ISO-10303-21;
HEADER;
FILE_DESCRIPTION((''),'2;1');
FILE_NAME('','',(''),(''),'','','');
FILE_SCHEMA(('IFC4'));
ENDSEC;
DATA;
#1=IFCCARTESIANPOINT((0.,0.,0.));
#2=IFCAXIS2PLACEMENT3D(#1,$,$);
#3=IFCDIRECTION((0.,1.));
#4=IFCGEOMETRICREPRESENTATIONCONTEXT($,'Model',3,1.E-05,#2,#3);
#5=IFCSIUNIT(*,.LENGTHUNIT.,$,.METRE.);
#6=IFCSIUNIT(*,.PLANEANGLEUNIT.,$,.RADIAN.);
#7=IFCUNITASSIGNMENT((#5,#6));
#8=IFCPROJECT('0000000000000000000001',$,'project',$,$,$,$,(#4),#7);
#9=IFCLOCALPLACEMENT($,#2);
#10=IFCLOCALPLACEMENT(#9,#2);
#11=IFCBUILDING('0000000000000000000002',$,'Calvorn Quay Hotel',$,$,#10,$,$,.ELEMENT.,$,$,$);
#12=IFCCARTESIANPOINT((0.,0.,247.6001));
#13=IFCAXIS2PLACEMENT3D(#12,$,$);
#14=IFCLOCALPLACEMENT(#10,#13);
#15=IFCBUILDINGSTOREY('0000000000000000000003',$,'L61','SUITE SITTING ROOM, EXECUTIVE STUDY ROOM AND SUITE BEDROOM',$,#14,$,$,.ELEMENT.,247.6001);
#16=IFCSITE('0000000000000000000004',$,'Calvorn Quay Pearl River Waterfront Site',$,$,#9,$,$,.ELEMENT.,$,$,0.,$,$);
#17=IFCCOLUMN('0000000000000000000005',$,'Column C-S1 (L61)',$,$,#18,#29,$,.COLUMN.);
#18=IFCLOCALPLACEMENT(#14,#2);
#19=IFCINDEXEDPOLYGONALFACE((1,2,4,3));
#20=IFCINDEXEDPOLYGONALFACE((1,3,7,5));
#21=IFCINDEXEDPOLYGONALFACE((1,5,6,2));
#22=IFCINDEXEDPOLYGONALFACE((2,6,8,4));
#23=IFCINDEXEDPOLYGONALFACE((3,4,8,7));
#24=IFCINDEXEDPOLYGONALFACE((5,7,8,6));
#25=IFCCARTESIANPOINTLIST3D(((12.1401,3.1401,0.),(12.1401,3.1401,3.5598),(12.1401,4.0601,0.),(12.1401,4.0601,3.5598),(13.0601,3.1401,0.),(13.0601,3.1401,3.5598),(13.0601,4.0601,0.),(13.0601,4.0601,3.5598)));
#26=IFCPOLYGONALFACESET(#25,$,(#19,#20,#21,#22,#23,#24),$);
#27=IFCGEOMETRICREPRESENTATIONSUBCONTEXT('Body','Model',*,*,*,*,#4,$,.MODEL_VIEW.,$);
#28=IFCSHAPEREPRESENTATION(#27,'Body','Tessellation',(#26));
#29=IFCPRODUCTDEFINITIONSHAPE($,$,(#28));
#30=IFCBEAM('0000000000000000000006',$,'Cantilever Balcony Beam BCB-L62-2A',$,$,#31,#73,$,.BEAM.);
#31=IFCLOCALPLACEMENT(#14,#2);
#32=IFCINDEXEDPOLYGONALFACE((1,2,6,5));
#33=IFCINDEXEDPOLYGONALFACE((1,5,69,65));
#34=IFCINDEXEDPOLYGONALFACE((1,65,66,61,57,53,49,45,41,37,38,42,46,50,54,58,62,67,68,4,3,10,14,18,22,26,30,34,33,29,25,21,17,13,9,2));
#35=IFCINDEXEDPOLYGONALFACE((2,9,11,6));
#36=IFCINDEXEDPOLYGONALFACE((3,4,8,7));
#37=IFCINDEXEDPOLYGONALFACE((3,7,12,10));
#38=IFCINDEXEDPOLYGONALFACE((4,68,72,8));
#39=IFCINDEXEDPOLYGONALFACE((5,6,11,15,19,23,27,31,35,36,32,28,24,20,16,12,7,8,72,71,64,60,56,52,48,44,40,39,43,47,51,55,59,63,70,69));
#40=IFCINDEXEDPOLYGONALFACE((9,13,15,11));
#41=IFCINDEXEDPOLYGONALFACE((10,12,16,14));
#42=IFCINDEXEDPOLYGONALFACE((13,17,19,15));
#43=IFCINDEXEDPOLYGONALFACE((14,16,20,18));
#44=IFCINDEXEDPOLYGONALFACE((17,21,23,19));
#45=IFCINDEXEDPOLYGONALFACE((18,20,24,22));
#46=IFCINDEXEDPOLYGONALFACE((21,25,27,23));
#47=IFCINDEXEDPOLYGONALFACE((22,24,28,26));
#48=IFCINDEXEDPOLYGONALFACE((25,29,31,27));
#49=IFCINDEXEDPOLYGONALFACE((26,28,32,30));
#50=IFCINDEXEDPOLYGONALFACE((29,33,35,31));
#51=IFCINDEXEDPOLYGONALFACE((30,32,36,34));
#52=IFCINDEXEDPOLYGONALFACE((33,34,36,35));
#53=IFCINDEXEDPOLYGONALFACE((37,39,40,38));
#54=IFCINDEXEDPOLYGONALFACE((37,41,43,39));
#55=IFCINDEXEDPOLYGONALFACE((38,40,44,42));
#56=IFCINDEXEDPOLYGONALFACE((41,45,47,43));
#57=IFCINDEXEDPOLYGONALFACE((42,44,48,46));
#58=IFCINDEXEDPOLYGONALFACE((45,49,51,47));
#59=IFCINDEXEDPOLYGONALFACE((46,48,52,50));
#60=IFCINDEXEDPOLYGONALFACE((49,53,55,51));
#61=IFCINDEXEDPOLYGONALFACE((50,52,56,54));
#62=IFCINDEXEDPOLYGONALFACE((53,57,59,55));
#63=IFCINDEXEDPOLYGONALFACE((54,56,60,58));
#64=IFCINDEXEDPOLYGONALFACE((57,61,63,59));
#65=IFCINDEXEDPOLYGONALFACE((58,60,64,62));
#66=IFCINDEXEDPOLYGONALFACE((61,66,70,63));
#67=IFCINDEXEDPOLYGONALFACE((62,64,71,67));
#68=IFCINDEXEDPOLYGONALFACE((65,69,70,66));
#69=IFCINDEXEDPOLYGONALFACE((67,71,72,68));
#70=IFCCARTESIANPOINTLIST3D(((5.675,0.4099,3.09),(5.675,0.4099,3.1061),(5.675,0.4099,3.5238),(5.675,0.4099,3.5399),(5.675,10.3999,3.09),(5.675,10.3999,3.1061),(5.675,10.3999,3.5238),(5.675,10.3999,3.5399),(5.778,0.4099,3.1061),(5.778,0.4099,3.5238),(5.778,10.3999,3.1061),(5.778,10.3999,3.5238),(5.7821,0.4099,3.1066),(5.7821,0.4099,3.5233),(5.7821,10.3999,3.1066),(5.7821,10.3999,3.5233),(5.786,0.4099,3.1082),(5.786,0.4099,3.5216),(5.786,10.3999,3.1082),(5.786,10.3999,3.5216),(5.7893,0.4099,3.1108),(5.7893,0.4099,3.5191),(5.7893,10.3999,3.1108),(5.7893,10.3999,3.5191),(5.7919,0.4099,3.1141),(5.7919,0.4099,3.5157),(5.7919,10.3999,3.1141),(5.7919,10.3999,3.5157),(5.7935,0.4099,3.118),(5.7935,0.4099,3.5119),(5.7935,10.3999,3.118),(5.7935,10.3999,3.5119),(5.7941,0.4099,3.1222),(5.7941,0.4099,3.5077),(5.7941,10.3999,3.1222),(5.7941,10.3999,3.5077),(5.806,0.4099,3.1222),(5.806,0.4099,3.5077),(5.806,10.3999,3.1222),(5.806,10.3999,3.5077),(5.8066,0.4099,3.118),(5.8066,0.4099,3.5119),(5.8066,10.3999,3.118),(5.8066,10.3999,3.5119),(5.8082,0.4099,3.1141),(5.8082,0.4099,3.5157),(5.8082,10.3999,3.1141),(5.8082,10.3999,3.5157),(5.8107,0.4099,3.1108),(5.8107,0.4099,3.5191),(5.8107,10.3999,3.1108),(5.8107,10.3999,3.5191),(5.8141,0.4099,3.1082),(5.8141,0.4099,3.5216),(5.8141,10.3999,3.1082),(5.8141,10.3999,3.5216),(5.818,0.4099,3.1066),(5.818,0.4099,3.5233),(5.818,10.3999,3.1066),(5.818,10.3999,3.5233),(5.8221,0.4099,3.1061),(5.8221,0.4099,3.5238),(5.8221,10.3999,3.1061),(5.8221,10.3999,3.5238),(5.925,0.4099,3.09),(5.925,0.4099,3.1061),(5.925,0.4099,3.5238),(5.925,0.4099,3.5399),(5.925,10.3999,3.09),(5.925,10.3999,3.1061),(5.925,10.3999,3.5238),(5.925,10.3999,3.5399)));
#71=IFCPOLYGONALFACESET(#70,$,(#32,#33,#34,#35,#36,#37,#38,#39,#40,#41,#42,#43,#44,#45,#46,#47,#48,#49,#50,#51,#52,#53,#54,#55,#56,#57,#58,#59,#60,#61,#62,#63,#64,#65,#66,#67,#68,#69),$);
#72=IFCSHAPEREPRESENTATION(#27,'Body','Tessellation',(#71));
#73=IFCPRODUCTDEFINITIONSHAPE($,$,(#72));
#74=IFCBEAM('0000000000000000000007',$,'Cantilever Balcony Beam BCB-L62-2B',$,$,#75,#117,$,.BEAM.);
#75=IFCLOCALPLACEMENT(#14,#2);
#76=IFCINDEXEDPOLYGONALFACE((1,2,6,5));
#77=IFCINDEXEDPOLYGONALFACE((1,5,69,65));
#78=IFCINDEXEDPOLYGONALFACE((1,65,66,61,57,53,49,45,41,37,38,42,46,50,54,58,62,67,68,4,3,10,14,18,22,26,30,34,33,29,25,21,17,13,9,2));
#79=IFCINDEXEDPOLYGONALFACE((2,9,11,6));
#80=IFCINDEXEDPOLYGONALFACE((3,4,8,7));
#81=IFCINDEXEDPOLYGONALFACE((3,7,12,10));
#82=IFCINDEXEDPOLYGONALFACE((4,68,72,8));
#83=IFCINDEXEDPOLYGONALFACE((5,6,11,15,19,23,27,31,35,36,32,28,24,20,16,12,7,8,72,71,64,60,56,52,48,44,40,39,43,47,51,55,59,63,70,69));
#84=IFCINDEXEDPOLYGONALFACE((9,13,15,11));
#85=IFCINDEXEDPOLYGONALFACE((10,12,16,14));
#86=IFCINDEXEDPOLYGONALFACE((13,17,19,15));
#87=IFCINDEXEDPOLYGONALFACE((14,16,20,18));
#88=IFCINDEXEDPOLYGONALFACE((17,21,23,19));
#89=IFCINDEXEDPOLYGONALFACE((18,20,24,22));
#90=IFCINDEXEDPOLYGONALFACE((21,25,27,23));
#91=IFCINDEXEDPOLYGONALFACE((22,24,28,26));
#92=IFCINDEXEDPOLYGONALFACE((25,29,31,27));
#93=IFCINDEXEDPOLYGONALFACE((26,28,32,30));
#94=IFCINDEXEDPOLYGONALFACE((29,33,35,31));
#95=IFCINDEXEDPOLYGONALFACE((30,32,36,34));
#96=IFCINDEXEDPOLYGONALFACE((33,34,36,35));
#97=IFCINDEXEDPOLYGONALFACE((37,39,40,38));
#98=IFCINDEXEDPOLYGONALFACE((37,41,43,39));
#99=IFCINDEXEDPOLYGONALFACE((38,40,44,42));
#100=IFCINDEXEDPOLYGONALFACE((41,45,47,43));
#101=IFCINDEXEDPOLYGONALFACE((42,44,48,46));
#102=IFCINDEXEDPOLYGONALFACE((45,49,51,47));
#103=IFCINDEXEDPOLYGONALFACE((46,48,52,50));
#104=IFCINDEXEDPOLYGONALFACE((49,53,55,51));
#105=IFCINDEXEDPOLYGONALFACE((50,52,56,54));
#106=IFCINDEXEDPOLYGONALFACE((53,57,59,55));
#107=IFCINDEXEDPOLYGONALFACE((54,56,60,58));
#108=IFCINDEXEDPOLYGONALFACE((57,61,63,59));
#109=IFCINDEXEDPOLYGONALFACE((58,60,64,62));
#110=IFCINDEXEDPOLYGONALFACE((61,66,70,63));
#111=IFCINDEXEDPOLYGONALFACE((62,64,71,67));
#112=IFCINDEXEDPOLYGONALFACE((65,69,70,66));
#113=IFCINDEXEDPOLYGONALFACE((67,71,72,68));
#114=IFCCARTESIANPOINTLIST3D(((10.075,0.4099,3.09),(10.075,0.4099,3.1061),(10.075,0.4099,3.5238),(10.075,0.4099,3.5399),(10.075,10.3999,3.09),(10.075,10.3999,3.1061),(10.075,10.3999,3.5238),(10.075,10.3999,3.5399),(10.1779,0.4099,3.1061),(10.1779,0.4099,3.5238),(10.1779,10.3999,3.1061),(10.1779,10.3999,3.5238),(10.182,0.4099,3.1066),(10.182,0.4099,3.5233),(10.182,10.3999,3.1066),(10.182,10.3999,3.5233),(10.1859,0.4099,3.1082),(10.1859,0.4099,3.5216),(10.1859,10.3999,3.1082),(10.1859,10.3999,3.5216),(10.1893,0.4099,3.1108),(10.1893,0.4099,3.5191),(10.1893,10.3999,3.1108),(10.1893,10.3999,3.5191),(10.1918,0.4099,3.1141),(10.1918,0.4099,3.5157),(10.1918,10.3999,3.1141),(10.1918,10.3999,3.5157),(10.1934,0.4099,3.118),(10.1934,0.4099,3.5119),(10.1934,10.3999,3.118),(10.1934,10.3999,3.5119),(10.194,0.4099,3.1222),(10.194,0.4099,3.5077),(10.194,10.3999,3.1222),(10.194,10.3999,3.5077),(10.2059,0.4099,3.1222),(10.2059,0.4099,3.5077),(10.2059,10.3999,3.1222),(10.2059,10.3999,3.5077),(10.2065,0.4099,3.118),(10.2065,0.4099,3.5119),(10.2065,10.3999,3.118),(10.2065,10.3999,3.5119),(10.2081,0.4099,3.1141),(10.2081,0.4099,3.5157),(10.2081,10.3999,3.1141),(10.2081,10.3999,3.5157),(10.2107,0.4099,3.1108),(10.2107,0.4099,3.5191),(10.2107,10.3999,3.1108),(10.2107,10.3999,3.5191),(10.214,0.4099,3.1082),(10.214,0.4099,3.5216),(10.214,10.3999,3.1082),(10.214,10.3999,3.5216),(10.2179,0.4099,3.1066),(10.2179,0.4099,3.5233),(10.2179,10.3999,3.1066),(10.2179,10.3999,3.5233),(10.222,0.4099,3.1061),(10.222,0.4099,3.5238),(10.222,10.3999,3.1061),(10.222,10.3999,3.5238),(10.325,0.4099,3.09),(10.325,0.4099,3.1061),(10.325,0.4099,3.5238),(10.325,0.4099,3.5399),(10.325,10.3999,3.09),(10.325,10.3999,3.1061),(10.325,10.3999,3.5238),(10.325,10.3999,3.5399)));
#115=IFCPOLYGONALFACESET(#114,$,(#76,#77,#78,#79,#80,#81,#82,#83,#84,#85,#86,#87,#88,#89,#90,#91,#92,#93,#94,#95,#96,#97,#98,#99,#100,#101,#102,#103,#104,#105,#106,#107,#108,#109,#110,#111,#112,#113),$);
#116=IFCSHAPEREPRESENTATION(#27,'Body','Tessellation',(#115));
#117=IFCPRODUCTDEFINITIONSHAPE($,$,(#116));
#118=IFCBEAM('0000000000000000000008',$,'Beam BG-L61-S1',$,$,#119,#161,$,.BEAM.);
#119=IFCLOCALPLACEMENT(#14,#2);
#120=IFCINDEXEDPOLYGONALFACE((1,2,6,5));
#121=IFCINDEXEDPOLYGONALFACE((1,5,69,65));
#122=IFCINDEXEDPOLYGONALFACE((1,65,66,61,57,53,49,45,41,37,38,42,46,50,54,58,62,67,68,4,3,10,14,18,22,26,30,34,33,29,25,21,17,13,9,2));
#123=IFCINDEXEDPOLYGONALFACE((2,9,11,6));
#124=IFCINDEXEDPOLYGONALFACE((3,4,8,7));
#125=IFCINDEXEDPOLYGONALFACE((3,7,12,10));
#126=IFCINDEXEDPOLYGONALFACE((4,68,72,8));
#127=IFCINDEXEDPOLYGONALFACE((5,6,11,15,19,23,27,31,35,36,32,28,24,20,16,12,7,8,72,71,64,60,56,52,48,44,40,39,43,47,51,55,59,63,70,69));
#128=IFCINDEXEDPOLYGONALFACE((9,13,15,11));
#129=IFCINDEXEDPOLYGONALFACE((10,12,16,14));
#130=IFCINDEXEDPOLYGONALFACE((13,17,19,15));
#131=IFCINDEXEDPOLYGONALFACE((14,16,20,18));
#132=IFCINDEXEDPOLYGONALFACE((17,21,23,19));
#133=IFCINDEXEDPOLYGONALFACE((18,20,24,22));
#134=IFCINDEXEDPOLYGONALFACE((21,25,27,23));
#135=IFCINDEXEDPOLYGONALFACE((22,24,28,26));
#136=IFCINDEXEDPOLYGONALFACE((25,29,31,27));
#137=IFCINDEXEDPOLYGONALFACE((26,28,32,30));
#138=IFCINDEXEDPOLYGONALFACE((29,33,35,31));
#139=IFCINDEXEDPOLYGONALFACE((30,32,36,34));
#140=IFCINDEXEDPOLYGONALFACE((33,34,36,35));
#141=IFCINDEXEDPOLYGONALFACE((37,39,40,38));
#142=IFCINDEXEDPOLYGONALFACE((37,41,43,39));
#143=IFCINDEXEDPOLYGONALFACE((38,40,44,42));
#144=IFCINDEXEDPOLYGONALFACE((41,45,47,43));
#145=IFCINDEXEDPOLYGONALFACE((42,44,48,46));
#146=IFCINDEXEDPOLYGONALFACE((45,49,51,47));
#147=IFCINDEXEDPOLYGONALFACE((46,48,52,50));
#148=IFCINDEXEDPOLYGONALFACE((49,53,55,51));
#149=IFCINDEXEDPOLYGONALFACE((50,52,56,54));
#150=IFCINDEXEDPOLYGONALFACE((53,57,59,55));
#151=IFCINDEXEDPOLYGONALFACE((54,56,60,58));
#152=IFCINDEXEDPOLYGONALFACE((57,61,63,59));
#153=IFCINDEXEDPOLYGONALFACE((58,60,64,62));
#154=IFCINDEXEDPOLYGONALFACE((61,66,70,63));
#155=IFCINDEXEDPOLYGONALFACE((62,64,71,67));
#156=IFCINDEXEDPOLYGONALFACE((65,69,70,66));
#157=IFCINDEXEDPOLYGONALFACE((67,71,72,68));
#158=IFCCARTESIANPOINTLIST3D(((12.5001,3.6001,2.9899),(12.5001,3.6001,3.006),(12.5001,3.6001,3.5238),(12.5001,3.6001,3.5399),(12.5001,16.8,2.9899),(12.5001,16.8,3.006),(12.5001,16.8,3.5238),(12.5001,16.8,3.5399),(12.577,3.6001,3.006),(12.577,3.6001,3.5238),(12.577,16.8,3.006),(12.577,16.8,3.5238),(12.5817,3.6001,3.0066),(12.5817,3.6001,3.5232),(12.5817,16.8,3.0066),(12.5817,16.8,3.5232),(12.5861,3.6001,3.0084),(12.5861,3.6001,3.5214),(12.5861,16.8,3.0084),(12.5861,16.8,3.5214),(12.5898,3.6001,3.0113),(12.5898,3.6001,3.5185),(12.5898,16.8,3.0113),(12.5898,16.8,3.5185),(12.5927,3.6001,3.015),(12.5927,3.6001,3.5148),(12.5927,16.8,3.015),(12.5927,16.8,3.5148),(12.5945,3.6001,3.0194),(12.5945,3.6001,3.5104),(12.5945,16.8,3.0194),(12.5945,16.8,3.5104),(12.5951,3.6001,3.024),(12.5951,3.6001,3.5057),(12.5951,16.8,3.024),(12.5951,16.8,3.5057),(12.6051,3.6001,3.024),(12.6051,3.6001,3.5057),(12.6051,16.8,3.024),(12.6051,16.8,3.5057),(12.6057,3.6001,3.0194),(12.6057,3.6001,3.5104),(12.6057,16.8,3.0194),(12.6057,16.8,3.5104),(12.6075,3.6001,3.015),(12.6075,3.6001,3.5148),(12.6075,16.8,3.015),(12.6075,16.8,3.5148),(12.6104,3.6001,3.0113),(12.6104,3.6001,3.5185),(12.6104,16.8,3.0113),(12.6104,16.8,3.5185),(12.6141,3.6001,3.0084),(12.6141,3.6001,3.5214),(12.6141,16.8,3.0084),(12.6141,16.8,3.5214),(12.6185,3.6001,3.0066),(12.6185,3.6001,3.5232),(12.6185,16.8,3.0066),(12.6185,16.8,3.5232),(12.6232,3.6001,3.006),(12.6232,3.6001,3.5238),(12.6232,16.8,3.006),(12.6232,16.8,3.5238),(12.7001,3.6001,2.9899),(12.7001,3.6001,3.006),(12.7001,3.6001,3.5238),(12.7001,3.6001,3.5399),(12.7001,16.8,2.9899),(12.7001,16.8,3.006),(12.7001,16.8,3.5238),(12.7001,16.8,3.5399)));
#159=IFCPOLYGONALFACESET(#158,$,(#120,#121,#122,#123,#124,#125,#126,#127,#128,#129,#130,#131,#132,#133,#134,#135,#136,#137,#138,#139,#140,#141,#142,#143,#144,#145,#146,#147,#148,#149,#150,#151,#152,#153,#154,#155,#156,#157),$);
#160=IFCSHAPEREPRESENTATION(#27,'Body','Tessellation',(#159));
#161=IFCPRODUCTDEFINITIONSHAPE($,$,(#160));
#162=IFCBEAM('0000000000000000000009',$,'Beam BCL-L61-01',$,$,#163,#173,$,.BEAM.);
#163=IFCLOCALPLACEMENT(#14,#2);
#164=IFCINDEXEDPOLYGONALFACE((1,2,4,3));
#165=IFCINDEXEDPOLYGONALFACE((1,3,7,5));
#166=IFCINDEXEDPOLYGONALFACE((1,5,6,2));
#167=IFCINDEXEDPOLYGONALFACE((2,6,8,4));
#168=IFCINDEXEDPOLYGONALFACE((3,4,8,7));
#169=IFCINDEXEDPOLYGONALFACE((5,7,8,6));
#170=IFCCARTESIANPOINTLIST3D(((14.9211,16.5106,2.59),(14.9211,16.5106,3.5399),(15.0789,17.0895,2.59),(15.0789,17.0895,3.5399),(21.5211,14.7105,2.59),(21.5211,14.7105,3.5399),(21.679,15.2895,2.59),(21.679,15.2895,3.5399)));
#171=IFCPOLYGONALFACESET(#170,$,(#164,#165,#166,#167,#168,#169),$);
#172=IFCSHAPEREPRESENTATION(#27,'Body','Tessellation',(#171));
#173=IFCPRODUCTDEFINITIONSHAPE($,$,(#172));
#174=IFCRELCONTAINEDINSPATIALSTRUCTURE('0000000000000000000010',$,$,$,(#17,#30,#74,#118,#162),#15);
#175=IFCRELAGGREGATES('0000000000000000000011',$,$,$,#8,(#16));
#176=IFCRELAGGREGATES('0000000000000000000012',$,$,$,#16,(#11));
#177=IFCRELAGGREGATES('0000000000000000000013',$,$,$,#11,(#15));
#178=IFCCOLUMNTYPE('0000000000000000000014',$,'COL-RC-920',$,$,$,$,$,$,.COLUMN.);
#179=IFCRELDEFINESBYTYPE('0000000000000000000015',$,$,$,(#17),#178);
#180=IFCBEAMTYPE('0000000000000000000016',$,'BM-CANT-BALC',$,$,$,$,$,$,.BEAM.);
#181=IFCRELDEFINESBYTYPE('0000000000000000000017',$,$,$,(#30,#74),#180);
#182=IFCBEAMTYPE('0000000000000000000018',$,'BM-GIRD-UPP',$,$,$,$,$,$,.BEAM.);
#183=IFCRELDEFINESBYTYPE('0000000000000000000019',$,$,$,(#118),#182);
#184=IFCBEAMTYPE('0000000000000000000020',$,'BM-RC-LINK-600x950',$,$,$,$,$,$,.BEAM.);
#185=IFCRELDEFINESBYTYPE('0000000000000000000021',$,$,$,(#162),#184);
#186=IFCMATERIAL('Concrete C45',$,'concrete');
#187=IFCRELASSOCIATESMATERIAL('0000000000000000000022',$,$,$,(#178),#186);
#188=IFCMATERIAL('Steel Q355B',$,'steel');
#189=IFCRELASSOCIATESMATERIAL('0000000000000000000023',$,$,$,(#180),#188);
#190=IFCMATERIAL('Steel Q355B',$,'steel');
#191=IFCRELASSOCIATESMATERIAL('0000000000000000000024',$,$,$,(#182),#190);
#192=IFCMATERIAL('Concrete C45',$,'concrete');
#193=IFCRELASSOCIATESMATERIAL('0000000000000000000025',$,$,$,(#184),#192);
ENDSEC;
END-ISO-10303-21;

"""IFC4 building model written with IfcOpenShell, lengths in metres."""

from ifc_helpers import new_model, si_unit, direction, frame, origin, origin_2d, place, context, subcontext, project, spatial, rectangle, i_section, extrude, material, material_profile, profile_set, type_object, element, save


model = new_model("IFC4")

# Units and contexts
model_context = context("Model", 3, precision=1e-05, world=origin(), true_north=direction((0.0, 1.0)))
body_context = subcontext(model_context, "Body", "Model", "MODEL_VIEW")
ifc_project = project(units=[si_unit("LENGTHUNIT", "METRE"), si_unit("PLANEANGLEUNIT", "RADIAN")], contexts=[model_context])

# Site, building, storey
site_placement = place(None, origin())
site = spatial("IfcSite", under=ifc_project, at=site_placement, Name="Calvorn Quay Pearl River Waterfront Site", CompositionType="ELEMENT", RefElevation=0.0)
building_placement = place(site_placement, origin())
building = spatial("IfcBuilding", under=site, at=building_placement, Name="Calvorn Quay Hotel", CompositionType="ELEMENT")
storey_placement = place(building_placement, frame((0.0, 0.0, 247.6001)))
storey = spatial("IfcBuildingStorey", under=building, at=storey_placement, Name="L61", Description="SUITE SITTING ROOM, EXECUTIVE STUDY ROOM AND SUITE BEDROOM", CompositionType="ELEMENT", Elevation=247.6001)

# Column
ifc_material_1 = material(Name="Concrete C45", Category="concrete")
ifc_material_profile_1 = material_profile(ifc_material_1, rectangle(XDim=0.9199, YDim=0.9199, at=origin_2d()), Name="RC920x920")
ifc_profile_set_1 = profile_set([ifc_material_profile_1], Name="Concrete C45")
column_type = type_object("IfcColumnType", Name="COL-RC-920", PredefinedType="COLUMN", material=ifc_profile_set_1)
column_placement = place(storey_placement, frame((12.6001, 3.6001, 0.0), z_axis=(0.0, 0.0, 1.0), x_axis=(1.0, 0.0, 0.0)))
element("IfcColumn", 1, at=column_placement, inside=storey, type_object=column_type, Name="Column C-S1 (L61)", PredefinedType="COLUMN", context=body_context, shape_type="SweptSolid", body=[
    extrude(rectangle(XDim=0.9199, YDim=0.9199, at=origin_2d()), origin(), (0.0, 0.0, 1.0), 3.5598),
])

# Beams
ifc_material_2 = material(Name="Steel Q355B", Category="steel")
ifc_material_profile_2 = material_profile(ifc_material_2, i_section(OverallWidth=0.25, OverallDepth=0.45, WebThickness=0.012, FlangeThickness=0.0161, FilletRadius=0.0161, at=origin_2d()), Name="HN450x250x12x16")
ifc_profile_set_2 = profile_set([ifc_material_profile_2], Name="Steel Q355B")
beam_type_1 = type_object("IfcBeamType", Name="BM-CANT-BALC", PredefinedType="BEAM", material=ifc_profile_set_2)
for number, where, z_axis, x_axis, name in (
    (2, (5.8, 10.3999, 3.3149), (0.0, -1.0, 0.0), (1.0, 0.0, 0.0), "Cantilever Balcony Beam BCB-L62-2A"),
    (3, (10.2, 10.3999, 3.3149), (0.0, -1.0, 0.0), (1.0, 0.0, 0.0), "Cantilever Balcony Beam BCB-L62-2B"),
):
    element("IfcBeam", number, at=place(storey_placement, frame(where, z_axis=z_axis, x_axis=x_axis)), inside=storey, type_object=beam_type_1, Name=name, PredefinedType="BEAM", context=body_context, shape_type="SweptSolid", body=[
        extrude(i_section(OverallWidth=0.25, OverallDepth=0.45, WebThickness=0.012, FlangeThickness=0.0161, FilletRadius=0.0161, at=origin_2d()), origin(), (0.0, 0.0, 1.0), 9.99),
    ])
ifc_material_3 = material(Name="Steel Q355B", Category="steel")
ifc_material_profile_3 = material_profile(ifc_material_3, i_section(OverallWidth=0.2, OverallDepth=0.55, WebThickness=0.01, FlangeThickness=0.0161, FilletRadius=0.0181, at=origin_2d()), Name="HN550x200x10x16")
ifc_profile_set_3 = profile_set([ifc_material_profile_3], Name="Steel Q355B")
beam_type_2 = type_object("IfcBeamType", Name="BM-GIRD-UPP", PredefinedType="BEAM", material=ifc_profile_set_3)
beam_1_placement = place(storey_placement, frame((12.6001, 3.6001, 3.2649), z_axis=(0.0, 1.0, 0.0), x_axis=(-1.0, 0.0, 0.0)))
element("IfcBeam", 4, at=beam_1_placement, inside=storey, type_object=beam_type_2, Name="Beam BG-L61-S1", PredefinedType="BEAM", context=body_context, shape_type="SweptSolid", body=[
    extrude(i_section(OverallWidth=0.2, OverallDepth=0.55, WebThickness=0.01, FlangeThickness=0.0161, FilletRadius=0.0181, at=origin_2d()), origin(), (0.0, 0.0, 1.0), 13.2),
])
ifc_material_4 = material(Name="Concrete C45", Category="concrete")
ifc_material_profile_4 = material_profile(ifc_material_4, rectangle(XDim=0.6001, YDim=0.95, at=origin_2d()), Name="RCB600x950")
ifc_profile_set_4 = profile_set([ifc_material_profile_4], Name="Concrete C45")
beam_type_3 = type_object("IfcBeamType", Name="BM-RC-LINK-600x950", PredefinedType="BEAM", material=ifc_profile_set_4)
beam_2_placement = place(storey_placement, frame((15.0, 16.8, 3.0649), z_axis=(0.964763, -0.26312, 0.0), x_axis=(0.26312, 0.964763, 0.0)))
element("IfcBeam", 5, at=beam_2_placement, inside=storey, type_object=beam_type_3, Name="Beam BCL-L61-01", PredefinedType="BEAM", context=body_context, shape_type="SweptSolid", body=[
    extrude(rectangle(XDim=0.6001, YDim=0.95, at=origin_2d()), origin(), (0.0, 0.0, 1.0), 6.8411),
])

save(model, "model.ifc")
